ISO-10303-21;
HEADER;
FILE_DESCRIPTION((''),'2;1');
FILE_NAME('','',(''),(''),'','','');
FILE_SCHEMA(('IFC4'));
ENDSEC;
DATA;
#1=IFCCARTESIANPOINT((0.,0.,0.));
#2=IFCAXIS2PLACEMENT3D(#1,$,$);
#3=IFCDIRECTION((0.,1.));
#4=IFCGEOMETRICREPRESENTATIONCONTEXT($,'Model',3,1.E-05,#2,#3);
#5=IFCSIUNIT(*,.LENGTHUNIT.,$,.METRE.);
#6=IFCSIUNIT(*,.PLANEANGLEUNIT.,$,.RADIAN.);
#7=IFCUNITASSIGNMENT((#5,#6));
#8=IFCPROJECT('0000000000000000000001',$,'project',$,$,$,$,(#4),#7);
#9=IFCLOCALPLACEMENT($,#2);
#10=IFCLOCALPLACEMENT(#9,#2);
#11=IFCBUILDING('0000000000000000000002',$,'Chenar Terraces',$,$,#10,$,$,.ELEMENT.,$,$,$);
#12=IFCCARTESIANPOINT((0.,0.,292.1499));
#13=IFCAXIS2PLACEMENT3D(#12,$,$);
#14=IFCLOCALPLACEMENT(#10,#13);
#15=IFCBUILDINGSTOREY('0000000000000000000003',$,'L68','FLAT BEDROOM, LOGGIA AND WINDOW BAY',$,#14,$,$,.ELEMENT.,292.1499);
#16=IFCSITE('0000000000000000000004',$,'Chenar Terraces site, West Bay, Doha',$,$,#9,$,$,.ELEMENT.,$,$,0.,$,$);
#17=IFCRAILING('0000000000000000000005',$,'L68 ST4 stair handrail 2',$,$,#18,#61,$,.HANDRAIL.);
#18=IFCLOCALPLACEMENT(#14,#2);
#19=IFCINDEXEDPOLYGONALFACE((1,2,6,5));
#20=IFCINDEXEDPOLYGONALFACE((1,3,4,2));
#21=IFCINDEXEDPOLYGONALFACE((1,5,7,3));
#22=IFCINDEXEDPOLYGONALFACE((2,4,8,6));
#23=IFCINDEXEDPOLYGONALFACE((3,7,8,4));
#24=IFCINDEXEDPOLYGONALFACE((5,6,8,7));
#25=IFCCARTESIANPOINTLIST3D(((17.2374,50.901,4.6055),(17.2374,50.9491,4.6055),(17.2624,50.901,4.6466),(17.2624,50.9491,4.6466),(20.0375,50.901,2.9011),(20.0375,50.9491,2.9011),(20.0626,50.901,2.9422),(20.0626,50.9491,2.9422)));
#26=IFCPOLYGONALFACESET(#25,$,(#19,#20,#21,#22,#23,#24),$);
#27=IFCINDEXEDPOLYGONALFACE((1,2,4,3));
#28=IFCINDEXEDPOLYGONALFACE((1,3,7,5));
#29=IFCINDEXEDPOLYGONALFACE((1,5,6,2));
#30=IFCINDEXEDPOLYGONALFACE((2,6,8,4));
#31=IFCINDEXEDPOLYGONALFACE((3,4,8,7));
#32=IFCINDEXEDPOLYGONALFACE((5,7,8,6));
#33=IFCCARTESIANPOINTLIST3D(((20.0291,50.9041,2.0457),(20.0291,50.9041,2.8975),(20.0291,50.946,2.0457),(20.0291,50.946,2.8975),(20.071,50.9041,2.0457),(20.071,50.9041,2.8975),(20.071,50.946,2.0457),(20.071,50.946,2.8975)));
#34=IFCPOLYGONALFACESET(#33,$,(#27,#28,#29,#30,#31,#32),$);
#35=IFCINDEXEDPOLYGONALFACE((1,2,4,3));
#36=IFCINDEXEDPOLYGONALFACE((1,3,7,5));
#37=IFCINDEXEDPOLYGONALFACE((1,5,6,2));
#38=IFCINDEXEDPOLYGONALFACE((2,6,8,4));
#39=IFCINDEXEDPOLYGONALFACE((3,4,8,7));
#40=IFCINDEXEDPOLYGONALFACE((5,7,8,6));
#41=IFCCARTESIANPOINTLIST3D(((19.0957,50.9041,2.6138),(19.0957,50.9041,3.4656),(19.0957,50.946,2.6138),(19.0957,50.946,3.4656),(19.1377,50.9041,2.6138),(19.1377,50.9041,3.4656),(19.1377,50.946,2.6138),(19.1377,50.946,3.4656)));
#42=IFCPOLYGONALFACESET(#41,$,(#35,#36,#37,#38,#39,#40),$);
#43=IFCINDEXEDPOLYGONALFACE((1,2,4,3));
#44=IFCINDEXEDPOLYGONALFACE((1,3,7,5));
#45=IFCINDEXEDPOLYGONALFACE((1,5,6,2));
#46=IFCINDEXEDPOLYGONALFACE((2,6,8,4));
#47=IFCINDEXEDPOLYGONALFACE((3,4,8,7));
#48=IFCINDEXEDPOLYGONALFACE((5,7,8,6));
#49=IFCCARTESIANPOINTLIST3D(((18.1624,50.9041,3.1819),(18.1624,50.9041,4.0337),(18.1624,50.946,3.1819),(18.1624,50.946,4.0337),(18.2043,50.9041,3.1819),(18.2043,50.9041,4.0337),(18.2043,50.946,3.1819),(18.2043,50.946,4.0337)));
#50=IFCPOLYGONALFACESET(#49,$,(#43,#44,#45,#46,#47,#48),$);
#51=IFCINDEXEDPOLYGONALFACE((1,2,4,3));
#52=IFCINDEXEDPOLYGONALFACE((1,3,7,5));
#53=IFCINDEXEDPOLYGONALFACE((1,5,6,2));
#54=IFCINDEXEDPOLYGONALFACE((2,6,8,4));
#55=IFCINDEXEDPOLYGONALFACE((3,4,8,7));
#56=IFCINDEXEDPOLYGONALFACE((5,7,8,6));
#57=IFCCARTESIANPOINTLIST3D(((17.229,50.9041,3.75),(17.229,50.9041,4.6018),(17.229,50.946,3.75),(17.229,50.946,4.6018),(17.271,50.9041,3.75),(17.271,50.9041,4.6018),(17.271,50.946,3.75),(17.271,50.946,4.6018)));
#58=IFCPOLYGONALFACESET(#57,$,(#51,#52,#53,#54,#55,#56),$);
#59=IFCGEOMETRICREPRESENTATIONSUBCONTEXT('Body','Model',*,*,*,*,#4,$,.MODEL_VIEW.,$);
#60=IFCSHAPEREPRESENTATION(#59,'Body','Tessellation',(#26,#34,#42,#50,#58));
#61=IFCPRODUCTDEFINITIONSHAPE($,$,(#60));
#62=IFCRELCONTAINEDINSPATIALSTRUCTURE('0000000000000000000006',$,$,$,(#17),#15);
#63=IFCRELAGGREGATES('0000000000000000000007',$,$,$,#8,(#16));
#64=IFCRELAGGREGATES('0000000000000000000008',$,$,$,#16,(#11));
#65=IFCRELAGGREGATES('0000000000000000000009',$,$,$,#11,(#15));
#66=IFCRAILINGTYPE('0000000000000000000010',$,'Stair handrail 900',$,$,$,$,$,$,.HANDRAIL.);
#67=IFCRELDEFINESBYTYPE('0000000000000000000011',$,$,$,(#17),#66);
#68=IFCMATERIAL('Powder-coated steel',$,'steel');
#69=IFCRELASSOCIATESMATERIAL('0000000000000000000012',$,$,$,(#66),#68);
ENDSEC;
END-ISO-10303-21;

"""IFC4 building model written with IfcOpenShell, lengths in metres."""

from ifc_helpers import new_model, si_unit, direction, frame, origin, origin_2d, place, context, subcontext, project, spatial, rectangle, extrude, material, type_object, element, save


model = new_model("IFC4")

# Units and contexts
model_context = context("Model", 3, precision=1e-05, world=origin(), true_north=direction((0.0, 1.0)))
body_context = subcontext(model_context, "Body", "Model", "MODEL_VIEW")
ifc_project = project(units=[si_unit("LENGTHUNIT", "METRE"), si_unit("PLANEANGLEUNIT", "RADIAN")], contexts=[model_context])

# Site, building, storey
site_placement = place(None, origin())
site = spatial("IfcSite", under=ifc_project, at=site_placement, Name="Chenar Terraces site, West Bay, Doha", CompositionType="ELEMENT", RefElevation=0.0)
building_placement = place(site_placement, origin())
building = spatial("IfcBuilding", under=site, at=building_placement, Name="Chenar Terraces", CompositionType="ELEMENT")
storey_placement = place(building_placement, frame((0.0, 0.0, 292.1499)))
storey = spatial("IfcBuildingStorey", under=building, at=storey_placement, Name="L68", Description="FLAT BEDROOM, LOGGIA AND WINDOW BAY", CompositionType="ELEMENT", Elevation=292.1499)

# Railing
ifc_material_1 = material(Name="Powder-coated steel", Category="steel")
railing_type_1 = type_object("IfcRailingType", Name="Stair handrail 900", PredefinedType="HANDRAIL", material=ifc_material_1)
railing_1_placement = place(storey_placement, frame((20.05, 50.925, 2.0457)))
element("IfcRailing", 1, at=railing_1_placement, inside=storey, type_object=railing_type_1, Name="L68 ST4 stair handrail 2", PredefinedType="HANDRAIL", context=body_context, shape_type="SweptSolid", body=[
    extrude(rectangle(XDim=0.0481, YDim=0.0481, at=origin_2d()), frame((0.0, 0.0, 0.876), z_axis=(-0.854203, 0.0, 0.51994), x_axis=(0.0, -1.0, 0.0)), (0.0, 0.0, 1.0), 3.2781),
    extrude(rectangle(XDim=0.042, YDim=0.042, at=origin_2d()), origin(), (0.0, 0.0, 1.0), 0.8518),
    extrude(rectangle(XDim=0.042, YDim=0.042, at=origin_2d()), frame((-0.9333, 0.0, 0.5681)), (0.0, 0.0, 1.0), 0.8518),
    extrude(rectangle(XDim=0.042, YDim=0.042, at=origin_2d()), frame((-1.8667, 0.0, 1.1362)), (0.0, 0.0, 1.0), 0.8518),
    extrude(rectangle(XDim=0.042, YDim=0.042, at=origin_2d()), frame((-2.8, 0.0, 1.7043)), (0.0, 0.0, 1.0), 0.8518),
])

save(model, "model.ifc")
